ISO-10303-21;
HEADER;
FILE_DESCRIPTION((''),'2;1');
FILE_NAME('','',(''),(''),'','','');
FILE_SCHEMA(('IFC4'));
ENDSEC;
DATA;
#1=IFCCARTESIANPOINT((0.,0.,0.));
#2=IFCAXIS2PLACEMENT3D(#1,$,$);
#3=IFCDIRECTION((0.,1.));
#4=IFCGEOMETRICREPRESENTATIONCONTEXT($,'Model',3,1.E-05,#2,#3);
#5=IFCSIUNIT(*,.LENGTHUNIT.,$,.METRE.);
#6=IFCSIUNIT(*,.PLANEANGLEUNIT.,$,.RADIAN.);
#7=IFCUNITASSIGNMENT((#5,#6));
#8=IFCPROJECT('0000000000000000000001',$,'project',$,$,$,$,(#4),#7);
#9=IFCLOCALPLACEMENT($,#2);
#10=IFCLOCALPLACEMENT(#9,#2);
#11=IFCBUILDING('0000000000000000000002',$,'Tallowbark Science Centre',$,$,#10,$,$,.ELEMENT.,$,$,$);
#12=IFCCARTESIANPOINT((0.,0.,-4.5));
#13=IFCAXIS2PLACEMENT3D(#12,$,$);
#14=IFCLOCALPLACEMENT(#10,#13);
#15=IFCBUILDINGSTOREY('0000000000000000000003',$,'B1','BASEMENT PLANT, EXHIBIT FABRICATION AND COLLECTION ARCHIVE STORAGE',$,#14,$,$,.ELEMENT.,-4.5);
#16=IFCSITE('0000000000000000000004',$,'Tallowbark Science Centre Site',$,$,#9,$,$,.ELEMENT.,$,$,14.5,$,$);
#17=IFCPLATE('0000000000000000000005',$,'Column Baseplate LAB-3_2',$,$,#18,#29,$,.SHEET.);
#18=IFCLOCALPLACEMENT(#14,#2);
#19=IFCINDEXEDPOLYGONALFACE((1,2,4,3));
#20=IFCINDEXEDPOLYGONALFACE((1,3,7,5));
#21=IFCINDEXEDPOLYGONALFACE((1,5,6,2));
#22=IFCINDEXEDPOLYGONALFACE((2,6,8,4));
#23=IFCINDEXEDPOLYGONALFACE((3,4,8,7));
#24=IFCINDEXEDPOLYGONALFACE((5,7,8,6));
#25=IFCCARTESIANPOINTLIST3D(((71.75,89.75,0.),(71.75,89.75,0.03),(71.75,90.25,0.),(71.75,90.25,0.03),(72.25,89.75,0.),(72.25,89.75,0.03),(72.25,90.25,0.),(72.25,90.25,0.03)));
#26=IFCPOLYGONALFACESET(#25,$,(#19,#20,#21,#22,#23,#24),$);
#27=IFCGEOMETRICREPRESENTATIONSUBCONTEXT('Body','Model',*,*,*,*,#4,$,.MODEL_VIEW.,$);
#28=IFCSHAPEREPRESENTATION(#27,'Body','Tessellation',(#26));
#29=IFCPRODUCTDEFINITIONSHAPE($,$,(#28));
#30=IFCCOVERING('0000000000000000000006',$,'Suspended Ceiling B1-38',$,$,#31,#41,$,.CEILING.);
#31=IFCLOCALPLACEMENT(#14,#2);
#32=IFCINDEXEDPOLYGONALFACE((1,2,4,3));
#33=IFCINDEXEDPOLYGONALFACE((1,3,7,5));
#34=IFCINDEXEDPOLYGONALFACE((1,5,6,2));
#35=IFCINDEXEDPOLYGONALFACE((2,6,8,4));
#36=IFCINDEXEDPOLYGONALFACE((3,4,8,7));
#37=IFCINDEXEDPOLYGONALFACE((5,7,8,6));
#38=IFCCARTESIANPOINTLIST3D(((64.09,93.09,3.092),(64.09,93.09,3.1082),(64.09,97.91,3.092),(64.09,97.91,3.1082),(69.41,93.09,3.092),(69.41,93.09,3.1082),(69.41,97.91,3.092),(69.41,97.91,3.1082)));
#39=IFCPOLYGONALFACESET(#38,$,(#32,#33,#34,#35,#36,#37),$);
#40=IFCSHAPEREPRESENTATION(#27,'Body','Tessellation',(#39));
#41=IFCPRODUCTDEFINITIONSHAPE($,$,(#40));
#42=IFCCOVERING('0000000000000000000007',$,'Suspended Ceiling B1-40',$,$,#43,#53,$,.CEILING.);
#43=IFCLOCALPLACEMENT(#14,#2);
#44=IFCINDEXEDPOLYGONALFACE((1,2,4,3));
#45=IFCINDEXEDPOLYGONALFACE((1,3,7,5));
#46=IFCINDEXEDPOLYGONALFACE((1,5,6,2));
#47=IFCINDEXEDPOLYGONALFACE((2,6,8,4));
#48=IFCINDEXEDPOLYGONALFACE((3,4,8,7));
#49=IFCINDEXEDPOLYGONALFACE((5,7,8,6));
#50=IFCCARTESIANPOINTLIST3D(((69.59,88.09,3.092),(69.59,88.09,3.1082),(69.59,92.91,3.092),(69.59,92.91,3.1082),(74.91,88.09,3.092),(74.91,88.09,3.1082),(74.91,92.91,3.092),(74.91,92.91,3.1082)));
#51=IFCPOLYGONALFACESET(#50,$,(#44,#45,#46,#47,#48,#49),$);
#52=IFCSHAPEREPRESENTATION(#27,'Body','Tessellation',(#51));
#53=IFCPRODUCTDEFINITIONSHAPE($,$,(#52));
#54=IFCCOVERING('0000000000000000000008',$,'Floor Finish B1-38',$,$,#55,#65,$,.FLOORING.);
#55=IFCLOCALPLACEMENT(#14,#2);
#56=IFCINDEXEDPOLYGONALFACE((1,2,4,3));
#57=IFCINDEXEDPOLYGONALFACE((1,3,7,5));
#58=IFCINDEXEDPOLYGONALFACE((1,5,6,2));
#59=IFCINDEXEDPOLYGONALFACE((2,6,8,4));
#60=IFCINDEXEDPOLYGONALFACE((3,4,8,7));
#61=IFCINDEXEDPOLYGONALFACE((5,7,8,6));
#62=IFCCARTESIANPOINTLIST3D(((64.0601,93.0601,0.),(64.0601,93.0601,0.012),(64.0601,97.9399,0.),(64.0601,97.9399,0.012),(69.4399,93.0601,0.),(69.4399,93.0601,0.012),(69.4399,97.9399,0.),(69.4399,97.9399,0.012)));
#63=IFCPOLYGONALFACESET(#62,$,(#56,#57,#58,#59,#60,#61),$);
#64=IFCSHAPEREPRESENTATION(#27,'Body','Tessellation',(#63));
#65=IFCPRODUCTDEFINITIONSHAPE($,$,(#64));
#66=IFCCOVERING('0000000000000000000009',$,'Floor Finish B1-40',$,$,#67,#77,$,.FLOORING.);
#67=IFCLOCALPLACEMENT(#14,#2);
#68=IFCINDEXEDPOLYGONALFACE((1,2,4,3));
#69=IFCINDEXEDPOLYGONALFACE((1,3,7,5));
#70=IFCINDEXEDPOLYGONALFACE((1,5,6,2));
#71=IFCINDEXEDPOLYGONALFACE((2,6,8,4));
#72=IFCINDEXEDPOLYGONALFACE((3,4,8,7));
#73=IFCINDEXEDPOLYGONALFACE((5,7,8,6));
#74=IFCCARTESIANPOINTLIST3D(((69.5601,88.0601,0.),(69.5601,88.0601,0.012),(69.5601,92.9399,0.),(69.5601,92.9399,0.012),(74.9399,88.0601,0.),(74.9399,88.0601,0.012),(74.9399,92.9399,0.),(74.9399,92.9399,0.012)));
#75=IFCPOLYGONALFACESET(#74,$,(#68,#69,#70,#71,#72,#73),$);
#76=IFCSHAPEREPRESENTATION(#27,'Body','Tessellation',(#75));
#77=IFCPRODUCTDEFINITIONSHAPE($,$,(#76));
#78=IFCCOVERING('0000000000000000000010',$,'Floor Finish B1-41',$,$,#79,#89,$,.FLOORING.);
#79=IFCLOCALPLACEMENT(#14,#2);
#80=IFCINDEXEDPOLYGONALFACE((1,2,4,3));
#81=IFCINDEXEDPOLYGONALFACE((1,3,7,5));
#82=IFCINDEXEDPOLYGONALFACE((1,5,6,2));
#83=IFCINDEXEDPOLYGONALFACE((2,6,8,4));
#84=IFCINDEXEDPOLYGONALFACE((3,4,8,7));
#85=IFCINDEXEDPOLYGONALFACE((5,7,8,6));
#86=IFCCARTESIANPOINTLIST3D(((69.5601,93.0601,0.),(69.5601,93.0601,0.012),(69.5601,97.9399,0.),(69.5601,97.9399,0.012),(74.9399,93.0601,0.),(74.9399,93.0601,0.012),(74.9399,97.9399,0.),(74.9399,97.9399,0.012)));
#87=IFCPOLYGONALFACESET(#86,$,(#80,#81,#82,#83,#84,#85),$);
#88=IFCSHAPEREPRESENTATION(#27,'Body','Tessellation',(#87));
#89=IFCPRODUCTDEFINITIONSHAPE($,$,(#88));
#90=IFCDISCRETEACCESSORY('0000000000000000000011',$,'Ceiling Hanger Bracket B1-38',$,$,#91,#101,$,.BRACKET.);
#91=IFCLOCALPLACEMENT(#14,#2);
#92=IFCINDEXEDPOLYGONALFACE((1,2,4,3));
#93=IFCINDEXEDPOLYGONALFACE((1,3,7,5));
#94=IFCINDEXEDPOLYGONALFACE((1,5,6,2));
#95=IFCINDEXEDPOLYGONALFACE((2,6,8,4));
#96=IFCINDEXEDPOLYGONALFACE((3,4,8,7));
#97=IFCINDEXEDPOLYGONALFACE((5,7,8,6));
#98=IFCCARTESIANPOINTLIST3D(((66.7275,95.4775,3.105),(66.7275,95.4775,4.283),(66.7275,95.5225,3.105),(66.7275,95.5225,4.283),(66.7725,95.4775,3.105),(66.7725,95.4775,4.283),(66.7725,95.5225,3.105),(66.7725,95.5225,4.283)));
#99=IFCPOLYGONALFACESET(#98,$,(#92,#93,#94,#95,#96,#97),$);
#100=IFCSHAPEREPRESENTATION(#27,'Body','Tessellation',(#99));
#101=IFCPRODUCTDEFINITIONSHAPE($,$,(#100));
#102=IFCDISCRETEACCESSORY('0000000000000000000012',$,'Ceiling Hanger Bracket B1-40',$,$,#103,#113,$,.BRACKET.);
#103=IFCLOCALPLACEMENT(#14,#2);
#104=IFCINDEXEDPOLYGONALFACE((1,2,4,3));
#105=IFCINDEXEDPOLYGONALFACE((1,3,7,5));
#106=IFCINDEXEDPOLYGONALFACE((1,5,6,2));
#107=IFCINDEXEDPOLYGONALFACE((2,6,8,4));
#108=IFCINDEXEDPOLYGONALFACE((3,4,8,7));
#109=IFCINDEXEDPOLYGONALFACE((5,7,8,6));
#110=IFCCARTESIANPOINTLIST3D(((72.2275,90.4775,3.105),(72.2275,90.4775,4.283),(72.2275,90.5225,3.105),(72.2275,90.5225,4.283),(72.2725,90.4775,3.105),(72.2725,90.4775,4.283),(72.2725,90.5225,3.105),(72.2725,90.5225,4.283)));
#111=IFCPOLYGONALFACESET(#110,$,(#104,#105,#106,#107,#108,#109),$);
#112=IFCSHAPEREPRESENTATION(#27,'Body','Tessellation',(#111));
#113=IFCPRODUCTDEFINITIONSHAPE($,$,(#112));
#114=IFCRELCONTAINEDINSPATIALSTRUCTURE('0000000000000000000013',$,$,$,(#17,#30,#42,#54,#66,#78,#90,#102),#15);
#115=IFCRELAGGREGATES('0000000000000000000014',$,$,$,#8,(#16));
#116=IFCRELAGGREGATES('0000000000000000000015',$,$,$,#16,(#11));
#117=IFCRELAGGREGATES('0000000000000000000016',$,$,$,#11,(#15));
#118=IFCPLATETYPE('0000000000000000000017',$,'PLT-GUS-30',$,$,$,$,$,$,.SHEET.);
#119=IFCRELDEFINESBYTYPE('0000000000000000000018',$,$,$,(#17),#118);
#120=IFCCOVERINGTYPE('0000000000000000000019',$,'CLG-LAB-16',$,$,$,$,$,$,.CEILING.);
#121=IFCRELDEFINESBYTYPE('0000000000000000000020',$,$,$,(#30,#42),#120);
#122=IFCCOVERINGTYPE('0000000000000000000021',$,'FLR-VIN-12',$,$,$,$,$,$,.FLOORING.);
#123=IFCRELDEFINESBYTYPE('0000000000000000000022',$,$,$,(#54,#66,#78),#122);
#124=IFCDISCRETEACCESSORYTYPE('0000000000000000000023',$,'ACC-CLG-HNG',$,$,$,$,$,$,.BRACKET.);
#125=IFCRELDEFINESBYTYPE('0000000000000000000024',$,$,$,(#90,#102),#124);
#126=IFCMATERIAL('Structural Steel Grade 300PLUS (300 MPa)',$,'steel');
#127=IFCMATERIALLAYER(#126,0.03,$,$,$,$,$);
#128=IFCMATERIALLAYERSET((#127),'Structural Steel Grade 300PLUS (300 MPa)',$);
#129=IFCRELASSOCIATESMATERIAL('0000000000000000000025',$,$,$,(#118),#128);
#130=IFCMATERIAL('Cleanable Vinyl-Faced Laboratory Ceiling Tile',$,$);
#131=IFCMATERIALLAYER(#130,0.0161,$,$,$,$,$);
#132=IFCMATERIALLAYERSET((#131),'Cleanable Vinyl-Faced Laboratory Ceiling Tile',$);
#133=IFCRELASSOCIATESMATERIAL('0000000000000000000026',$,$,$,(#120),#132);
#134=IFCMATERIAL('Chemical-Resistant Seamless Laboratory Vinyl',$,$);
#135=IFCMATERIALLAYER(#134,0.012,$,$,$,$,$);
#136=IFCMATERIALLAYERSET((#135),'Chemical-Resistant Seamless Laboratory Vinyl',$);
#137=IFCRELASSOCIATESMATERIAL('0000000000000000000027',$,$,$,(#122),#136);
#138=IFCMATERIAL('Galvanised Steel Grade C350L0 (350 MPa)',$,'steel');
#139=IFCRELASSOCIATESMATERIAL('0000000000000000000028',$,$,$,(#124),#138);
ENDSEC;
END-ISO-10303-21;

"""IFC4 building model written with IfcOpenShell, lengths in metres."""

from ifc_helpers import new_model, si_unit, direction, frame, origin, origin_2d, place, context, subcontext, project, spatial, rectangle, extrude, material, layer, layer_set, type_object, element, save


model = new_model("IFC4")

# Units and contexts
model_context = context("Model", 3, precision=1e-05, world=origin(), true_north=direction((0.0, 1.0)))
body_context = subcontext(model_context, "Body", "Model", "MODEL_VIEW")
ifc_project = project(units=[si_unit("LENGTHUNIT", "METRE"), si_unit("PLANEANGLEUNIT", "RADIAN")], contexts=[model_context])

# Site, building, storey
site_placement = place(None, origin())
site = spatial("IfcSite", under=ifc_project, at=site_placement, Name="Tallowbark Science Centre Site", CompositionType="ELEMENT", RefElevation=14.5)
building_placement = place(site_placement, origin())
building = spatial("IfcBuilding", under=site, at=building_placement, Name="Tallowbark Science Centre", CompositionType="ELEMENT")
storey_placement = place(building_placement, frame((0.0, 0.0, -4.5)))
storey = spatial("IfcBuildingStorey", under=building, at=storey_placement, Name="B1", Description="BASEMENT PLANT, EXHIBIT FABRICATION AND COLLECTION ARCHIVE STORAGE", CompositionType="ELEMENT", Elevation=-4.5)

# Shared definitions
ifc_material_1 = material(Name="Structural Steel Grade 300PLUS (300 MPa)", Category="steel")

# Plate
ifc_layer_1 = layer(ifc_material_1, 0.03)
ifc_layer_set_1 = layer_set([ifc_layer_1], Name="Structural Steel Grade 300PLUS (300 MPa)")
plate_type_1 = type_object("IfcPlateType", Name="PLT-GUS-30", PredefinedType="SHEET", material=ifc_layer_set_1)
plate_1_placement = place(storey_placement, frame((72.0, 90.0, 0.0), z_axis=(0.0, 0.0, 1.0), x_axis=(1.0, 0.0, 0.0)))
element("IfcPlate", 1, at=plate_1_placement, inside=storey, type_object=plate_type_1, Name="Column Baseplate LAB-3_2", PredefinedType="SHEET", context=body_context, shape_type="SweptSolid", body=[
    extrude(rectangle(XDim=0.5, YDim=0.5, at=origin_2d()), origin(), (0.0, 0.0, 1.0), 0.03),
])

# Coverings
ifc_material_2 = material(Name="Cleanable Vinyl-Faced Laboratory Ceiling Tile")
ifc_layer_2 = layer(ifc_material_2, 0.0161)
ifc_layer_set_2 = layer_set([ifc_layer_2], Name="Cleanable Vinyl-Faced Laboratory Ceiling Tile")
covering_type_1 = type_object("IfcCoveringType", Name="CLG-LAB-16", PredefinedType="CEILING", material=ifc_layer_set_2)
for number, where, z_axis, x_axis, name in (
    (2, (66.75, 95.5, 3.092), (0.0, 0.0, 1.0), (1.0, 0.0, 0.0), "Suspended Ceiling B1-38"),
    (3, (72.25, 90.5, 3.092), (0.0, 0.0, 1.0), (1.0, 0.0, 0.0), "Suspended Ceiling B1-40"),
):
    element("IfcCovering", number, at=place(storey_placement, frame(where, z_axis=z_axis, x_axis=x_axis)), inside=storey, type_object=covering_type_1, Name=name, PredefinedType="CEILING", context=body_context, shape_type="SweptSolid", body=[
        extrude(rectangle(XDim=5.3201, YDim=4.8201, at=origin_2d()), origin(), (0.0, 0.0, 1.0), 0.0161),
    ])
ifc_material_3 = material(Name="Chemical-Resistant Seamless Laboratory Vinyl")
ifc_layer_3 = layer(ifc_material_3, 0.012)
ifc_layer_set_3 = layer_set([ifc_layer_3], Name="Chemical-Resistant Seamless Laboratory Vinyl")
covering_type_2 = type_object("IfcCoveringType", Name="FLR-VIN-12", PredefinedType="FLOORING", material=ifc_layer_set_3)
for number, where, z_axis, x_axis, name in (
    (4, (66.75, 95.5, 0.0), (0.0, 0.0, 1.0), (1.0, 0.0, 0.0), "Floor Finish B1-38"),
    (5, (72.25, 90.5, 0.0), (0.0, 0.0, 1.0), (1.0, 0.0, 0.0), "Floor Finish B1-40"),
    (6, (72.25, 95.5, 0.0), (0.0, 0.0, 1.0), (1.0, 0.0, 0.0), "Floor Finish B1-41"),
):
    element("IfcCovering", number, at=place(storey_placement, frame(where, z_axis=z_axis, x_axis=x_axis)), inside=storey, type_object=covering_type_2, Name=name, PredefinedType="FLOORING", context=body_context, shape_type="SweptSolid", body=[
        extrude(rectangle(XDim=5.3799, YDim=4.8799, at=origin_2d()), origin(), (0.0, 0.0, 1.0), 0.012),
    ])

# Discrete accessories
ifc_material_4 = material(Name="Galvanised Steel Grade C350L0 (350 MPa)", Category="steel")
discrete_accessory_type = type_object("IfcDiscreteAccessoryType", Name="ACC-CLG-HNG", PredefinedType="BRACKET", material=ifc_material_4)
for number, where, z_axis, x_axis, name in (
    (7, (66.75, 95.5, 3.105), (0.0, 0.0, 1.0), (1.0, 0.0, 0.0), "Ceiling Hanger Bracket B1-38"),
    (8, (72.25, 90.5, 3.105), (0.0, 0.0, 1.0), (1.0, 0.0, 0.0), "Ceiling Hanger Bracket B1-40"),
):
    element("IfcDiscreteAccessory", number, at=place(storey_placement, frame(where, z_axis=z_axis, x_axis=x_axis)), inside=storey, type_object=discrete_accessory_type, Name=name, PredefinedType="BRACKET", context=body_context, shape_type="SweptSolid", body=[
        extrude(rectangle(XDim=0.0449, YDim=0.0449, at=origin_2d()), origin(), (0.0, 0.0, 1.0), 1.178),
    ])

save(model, "model.ifc")
